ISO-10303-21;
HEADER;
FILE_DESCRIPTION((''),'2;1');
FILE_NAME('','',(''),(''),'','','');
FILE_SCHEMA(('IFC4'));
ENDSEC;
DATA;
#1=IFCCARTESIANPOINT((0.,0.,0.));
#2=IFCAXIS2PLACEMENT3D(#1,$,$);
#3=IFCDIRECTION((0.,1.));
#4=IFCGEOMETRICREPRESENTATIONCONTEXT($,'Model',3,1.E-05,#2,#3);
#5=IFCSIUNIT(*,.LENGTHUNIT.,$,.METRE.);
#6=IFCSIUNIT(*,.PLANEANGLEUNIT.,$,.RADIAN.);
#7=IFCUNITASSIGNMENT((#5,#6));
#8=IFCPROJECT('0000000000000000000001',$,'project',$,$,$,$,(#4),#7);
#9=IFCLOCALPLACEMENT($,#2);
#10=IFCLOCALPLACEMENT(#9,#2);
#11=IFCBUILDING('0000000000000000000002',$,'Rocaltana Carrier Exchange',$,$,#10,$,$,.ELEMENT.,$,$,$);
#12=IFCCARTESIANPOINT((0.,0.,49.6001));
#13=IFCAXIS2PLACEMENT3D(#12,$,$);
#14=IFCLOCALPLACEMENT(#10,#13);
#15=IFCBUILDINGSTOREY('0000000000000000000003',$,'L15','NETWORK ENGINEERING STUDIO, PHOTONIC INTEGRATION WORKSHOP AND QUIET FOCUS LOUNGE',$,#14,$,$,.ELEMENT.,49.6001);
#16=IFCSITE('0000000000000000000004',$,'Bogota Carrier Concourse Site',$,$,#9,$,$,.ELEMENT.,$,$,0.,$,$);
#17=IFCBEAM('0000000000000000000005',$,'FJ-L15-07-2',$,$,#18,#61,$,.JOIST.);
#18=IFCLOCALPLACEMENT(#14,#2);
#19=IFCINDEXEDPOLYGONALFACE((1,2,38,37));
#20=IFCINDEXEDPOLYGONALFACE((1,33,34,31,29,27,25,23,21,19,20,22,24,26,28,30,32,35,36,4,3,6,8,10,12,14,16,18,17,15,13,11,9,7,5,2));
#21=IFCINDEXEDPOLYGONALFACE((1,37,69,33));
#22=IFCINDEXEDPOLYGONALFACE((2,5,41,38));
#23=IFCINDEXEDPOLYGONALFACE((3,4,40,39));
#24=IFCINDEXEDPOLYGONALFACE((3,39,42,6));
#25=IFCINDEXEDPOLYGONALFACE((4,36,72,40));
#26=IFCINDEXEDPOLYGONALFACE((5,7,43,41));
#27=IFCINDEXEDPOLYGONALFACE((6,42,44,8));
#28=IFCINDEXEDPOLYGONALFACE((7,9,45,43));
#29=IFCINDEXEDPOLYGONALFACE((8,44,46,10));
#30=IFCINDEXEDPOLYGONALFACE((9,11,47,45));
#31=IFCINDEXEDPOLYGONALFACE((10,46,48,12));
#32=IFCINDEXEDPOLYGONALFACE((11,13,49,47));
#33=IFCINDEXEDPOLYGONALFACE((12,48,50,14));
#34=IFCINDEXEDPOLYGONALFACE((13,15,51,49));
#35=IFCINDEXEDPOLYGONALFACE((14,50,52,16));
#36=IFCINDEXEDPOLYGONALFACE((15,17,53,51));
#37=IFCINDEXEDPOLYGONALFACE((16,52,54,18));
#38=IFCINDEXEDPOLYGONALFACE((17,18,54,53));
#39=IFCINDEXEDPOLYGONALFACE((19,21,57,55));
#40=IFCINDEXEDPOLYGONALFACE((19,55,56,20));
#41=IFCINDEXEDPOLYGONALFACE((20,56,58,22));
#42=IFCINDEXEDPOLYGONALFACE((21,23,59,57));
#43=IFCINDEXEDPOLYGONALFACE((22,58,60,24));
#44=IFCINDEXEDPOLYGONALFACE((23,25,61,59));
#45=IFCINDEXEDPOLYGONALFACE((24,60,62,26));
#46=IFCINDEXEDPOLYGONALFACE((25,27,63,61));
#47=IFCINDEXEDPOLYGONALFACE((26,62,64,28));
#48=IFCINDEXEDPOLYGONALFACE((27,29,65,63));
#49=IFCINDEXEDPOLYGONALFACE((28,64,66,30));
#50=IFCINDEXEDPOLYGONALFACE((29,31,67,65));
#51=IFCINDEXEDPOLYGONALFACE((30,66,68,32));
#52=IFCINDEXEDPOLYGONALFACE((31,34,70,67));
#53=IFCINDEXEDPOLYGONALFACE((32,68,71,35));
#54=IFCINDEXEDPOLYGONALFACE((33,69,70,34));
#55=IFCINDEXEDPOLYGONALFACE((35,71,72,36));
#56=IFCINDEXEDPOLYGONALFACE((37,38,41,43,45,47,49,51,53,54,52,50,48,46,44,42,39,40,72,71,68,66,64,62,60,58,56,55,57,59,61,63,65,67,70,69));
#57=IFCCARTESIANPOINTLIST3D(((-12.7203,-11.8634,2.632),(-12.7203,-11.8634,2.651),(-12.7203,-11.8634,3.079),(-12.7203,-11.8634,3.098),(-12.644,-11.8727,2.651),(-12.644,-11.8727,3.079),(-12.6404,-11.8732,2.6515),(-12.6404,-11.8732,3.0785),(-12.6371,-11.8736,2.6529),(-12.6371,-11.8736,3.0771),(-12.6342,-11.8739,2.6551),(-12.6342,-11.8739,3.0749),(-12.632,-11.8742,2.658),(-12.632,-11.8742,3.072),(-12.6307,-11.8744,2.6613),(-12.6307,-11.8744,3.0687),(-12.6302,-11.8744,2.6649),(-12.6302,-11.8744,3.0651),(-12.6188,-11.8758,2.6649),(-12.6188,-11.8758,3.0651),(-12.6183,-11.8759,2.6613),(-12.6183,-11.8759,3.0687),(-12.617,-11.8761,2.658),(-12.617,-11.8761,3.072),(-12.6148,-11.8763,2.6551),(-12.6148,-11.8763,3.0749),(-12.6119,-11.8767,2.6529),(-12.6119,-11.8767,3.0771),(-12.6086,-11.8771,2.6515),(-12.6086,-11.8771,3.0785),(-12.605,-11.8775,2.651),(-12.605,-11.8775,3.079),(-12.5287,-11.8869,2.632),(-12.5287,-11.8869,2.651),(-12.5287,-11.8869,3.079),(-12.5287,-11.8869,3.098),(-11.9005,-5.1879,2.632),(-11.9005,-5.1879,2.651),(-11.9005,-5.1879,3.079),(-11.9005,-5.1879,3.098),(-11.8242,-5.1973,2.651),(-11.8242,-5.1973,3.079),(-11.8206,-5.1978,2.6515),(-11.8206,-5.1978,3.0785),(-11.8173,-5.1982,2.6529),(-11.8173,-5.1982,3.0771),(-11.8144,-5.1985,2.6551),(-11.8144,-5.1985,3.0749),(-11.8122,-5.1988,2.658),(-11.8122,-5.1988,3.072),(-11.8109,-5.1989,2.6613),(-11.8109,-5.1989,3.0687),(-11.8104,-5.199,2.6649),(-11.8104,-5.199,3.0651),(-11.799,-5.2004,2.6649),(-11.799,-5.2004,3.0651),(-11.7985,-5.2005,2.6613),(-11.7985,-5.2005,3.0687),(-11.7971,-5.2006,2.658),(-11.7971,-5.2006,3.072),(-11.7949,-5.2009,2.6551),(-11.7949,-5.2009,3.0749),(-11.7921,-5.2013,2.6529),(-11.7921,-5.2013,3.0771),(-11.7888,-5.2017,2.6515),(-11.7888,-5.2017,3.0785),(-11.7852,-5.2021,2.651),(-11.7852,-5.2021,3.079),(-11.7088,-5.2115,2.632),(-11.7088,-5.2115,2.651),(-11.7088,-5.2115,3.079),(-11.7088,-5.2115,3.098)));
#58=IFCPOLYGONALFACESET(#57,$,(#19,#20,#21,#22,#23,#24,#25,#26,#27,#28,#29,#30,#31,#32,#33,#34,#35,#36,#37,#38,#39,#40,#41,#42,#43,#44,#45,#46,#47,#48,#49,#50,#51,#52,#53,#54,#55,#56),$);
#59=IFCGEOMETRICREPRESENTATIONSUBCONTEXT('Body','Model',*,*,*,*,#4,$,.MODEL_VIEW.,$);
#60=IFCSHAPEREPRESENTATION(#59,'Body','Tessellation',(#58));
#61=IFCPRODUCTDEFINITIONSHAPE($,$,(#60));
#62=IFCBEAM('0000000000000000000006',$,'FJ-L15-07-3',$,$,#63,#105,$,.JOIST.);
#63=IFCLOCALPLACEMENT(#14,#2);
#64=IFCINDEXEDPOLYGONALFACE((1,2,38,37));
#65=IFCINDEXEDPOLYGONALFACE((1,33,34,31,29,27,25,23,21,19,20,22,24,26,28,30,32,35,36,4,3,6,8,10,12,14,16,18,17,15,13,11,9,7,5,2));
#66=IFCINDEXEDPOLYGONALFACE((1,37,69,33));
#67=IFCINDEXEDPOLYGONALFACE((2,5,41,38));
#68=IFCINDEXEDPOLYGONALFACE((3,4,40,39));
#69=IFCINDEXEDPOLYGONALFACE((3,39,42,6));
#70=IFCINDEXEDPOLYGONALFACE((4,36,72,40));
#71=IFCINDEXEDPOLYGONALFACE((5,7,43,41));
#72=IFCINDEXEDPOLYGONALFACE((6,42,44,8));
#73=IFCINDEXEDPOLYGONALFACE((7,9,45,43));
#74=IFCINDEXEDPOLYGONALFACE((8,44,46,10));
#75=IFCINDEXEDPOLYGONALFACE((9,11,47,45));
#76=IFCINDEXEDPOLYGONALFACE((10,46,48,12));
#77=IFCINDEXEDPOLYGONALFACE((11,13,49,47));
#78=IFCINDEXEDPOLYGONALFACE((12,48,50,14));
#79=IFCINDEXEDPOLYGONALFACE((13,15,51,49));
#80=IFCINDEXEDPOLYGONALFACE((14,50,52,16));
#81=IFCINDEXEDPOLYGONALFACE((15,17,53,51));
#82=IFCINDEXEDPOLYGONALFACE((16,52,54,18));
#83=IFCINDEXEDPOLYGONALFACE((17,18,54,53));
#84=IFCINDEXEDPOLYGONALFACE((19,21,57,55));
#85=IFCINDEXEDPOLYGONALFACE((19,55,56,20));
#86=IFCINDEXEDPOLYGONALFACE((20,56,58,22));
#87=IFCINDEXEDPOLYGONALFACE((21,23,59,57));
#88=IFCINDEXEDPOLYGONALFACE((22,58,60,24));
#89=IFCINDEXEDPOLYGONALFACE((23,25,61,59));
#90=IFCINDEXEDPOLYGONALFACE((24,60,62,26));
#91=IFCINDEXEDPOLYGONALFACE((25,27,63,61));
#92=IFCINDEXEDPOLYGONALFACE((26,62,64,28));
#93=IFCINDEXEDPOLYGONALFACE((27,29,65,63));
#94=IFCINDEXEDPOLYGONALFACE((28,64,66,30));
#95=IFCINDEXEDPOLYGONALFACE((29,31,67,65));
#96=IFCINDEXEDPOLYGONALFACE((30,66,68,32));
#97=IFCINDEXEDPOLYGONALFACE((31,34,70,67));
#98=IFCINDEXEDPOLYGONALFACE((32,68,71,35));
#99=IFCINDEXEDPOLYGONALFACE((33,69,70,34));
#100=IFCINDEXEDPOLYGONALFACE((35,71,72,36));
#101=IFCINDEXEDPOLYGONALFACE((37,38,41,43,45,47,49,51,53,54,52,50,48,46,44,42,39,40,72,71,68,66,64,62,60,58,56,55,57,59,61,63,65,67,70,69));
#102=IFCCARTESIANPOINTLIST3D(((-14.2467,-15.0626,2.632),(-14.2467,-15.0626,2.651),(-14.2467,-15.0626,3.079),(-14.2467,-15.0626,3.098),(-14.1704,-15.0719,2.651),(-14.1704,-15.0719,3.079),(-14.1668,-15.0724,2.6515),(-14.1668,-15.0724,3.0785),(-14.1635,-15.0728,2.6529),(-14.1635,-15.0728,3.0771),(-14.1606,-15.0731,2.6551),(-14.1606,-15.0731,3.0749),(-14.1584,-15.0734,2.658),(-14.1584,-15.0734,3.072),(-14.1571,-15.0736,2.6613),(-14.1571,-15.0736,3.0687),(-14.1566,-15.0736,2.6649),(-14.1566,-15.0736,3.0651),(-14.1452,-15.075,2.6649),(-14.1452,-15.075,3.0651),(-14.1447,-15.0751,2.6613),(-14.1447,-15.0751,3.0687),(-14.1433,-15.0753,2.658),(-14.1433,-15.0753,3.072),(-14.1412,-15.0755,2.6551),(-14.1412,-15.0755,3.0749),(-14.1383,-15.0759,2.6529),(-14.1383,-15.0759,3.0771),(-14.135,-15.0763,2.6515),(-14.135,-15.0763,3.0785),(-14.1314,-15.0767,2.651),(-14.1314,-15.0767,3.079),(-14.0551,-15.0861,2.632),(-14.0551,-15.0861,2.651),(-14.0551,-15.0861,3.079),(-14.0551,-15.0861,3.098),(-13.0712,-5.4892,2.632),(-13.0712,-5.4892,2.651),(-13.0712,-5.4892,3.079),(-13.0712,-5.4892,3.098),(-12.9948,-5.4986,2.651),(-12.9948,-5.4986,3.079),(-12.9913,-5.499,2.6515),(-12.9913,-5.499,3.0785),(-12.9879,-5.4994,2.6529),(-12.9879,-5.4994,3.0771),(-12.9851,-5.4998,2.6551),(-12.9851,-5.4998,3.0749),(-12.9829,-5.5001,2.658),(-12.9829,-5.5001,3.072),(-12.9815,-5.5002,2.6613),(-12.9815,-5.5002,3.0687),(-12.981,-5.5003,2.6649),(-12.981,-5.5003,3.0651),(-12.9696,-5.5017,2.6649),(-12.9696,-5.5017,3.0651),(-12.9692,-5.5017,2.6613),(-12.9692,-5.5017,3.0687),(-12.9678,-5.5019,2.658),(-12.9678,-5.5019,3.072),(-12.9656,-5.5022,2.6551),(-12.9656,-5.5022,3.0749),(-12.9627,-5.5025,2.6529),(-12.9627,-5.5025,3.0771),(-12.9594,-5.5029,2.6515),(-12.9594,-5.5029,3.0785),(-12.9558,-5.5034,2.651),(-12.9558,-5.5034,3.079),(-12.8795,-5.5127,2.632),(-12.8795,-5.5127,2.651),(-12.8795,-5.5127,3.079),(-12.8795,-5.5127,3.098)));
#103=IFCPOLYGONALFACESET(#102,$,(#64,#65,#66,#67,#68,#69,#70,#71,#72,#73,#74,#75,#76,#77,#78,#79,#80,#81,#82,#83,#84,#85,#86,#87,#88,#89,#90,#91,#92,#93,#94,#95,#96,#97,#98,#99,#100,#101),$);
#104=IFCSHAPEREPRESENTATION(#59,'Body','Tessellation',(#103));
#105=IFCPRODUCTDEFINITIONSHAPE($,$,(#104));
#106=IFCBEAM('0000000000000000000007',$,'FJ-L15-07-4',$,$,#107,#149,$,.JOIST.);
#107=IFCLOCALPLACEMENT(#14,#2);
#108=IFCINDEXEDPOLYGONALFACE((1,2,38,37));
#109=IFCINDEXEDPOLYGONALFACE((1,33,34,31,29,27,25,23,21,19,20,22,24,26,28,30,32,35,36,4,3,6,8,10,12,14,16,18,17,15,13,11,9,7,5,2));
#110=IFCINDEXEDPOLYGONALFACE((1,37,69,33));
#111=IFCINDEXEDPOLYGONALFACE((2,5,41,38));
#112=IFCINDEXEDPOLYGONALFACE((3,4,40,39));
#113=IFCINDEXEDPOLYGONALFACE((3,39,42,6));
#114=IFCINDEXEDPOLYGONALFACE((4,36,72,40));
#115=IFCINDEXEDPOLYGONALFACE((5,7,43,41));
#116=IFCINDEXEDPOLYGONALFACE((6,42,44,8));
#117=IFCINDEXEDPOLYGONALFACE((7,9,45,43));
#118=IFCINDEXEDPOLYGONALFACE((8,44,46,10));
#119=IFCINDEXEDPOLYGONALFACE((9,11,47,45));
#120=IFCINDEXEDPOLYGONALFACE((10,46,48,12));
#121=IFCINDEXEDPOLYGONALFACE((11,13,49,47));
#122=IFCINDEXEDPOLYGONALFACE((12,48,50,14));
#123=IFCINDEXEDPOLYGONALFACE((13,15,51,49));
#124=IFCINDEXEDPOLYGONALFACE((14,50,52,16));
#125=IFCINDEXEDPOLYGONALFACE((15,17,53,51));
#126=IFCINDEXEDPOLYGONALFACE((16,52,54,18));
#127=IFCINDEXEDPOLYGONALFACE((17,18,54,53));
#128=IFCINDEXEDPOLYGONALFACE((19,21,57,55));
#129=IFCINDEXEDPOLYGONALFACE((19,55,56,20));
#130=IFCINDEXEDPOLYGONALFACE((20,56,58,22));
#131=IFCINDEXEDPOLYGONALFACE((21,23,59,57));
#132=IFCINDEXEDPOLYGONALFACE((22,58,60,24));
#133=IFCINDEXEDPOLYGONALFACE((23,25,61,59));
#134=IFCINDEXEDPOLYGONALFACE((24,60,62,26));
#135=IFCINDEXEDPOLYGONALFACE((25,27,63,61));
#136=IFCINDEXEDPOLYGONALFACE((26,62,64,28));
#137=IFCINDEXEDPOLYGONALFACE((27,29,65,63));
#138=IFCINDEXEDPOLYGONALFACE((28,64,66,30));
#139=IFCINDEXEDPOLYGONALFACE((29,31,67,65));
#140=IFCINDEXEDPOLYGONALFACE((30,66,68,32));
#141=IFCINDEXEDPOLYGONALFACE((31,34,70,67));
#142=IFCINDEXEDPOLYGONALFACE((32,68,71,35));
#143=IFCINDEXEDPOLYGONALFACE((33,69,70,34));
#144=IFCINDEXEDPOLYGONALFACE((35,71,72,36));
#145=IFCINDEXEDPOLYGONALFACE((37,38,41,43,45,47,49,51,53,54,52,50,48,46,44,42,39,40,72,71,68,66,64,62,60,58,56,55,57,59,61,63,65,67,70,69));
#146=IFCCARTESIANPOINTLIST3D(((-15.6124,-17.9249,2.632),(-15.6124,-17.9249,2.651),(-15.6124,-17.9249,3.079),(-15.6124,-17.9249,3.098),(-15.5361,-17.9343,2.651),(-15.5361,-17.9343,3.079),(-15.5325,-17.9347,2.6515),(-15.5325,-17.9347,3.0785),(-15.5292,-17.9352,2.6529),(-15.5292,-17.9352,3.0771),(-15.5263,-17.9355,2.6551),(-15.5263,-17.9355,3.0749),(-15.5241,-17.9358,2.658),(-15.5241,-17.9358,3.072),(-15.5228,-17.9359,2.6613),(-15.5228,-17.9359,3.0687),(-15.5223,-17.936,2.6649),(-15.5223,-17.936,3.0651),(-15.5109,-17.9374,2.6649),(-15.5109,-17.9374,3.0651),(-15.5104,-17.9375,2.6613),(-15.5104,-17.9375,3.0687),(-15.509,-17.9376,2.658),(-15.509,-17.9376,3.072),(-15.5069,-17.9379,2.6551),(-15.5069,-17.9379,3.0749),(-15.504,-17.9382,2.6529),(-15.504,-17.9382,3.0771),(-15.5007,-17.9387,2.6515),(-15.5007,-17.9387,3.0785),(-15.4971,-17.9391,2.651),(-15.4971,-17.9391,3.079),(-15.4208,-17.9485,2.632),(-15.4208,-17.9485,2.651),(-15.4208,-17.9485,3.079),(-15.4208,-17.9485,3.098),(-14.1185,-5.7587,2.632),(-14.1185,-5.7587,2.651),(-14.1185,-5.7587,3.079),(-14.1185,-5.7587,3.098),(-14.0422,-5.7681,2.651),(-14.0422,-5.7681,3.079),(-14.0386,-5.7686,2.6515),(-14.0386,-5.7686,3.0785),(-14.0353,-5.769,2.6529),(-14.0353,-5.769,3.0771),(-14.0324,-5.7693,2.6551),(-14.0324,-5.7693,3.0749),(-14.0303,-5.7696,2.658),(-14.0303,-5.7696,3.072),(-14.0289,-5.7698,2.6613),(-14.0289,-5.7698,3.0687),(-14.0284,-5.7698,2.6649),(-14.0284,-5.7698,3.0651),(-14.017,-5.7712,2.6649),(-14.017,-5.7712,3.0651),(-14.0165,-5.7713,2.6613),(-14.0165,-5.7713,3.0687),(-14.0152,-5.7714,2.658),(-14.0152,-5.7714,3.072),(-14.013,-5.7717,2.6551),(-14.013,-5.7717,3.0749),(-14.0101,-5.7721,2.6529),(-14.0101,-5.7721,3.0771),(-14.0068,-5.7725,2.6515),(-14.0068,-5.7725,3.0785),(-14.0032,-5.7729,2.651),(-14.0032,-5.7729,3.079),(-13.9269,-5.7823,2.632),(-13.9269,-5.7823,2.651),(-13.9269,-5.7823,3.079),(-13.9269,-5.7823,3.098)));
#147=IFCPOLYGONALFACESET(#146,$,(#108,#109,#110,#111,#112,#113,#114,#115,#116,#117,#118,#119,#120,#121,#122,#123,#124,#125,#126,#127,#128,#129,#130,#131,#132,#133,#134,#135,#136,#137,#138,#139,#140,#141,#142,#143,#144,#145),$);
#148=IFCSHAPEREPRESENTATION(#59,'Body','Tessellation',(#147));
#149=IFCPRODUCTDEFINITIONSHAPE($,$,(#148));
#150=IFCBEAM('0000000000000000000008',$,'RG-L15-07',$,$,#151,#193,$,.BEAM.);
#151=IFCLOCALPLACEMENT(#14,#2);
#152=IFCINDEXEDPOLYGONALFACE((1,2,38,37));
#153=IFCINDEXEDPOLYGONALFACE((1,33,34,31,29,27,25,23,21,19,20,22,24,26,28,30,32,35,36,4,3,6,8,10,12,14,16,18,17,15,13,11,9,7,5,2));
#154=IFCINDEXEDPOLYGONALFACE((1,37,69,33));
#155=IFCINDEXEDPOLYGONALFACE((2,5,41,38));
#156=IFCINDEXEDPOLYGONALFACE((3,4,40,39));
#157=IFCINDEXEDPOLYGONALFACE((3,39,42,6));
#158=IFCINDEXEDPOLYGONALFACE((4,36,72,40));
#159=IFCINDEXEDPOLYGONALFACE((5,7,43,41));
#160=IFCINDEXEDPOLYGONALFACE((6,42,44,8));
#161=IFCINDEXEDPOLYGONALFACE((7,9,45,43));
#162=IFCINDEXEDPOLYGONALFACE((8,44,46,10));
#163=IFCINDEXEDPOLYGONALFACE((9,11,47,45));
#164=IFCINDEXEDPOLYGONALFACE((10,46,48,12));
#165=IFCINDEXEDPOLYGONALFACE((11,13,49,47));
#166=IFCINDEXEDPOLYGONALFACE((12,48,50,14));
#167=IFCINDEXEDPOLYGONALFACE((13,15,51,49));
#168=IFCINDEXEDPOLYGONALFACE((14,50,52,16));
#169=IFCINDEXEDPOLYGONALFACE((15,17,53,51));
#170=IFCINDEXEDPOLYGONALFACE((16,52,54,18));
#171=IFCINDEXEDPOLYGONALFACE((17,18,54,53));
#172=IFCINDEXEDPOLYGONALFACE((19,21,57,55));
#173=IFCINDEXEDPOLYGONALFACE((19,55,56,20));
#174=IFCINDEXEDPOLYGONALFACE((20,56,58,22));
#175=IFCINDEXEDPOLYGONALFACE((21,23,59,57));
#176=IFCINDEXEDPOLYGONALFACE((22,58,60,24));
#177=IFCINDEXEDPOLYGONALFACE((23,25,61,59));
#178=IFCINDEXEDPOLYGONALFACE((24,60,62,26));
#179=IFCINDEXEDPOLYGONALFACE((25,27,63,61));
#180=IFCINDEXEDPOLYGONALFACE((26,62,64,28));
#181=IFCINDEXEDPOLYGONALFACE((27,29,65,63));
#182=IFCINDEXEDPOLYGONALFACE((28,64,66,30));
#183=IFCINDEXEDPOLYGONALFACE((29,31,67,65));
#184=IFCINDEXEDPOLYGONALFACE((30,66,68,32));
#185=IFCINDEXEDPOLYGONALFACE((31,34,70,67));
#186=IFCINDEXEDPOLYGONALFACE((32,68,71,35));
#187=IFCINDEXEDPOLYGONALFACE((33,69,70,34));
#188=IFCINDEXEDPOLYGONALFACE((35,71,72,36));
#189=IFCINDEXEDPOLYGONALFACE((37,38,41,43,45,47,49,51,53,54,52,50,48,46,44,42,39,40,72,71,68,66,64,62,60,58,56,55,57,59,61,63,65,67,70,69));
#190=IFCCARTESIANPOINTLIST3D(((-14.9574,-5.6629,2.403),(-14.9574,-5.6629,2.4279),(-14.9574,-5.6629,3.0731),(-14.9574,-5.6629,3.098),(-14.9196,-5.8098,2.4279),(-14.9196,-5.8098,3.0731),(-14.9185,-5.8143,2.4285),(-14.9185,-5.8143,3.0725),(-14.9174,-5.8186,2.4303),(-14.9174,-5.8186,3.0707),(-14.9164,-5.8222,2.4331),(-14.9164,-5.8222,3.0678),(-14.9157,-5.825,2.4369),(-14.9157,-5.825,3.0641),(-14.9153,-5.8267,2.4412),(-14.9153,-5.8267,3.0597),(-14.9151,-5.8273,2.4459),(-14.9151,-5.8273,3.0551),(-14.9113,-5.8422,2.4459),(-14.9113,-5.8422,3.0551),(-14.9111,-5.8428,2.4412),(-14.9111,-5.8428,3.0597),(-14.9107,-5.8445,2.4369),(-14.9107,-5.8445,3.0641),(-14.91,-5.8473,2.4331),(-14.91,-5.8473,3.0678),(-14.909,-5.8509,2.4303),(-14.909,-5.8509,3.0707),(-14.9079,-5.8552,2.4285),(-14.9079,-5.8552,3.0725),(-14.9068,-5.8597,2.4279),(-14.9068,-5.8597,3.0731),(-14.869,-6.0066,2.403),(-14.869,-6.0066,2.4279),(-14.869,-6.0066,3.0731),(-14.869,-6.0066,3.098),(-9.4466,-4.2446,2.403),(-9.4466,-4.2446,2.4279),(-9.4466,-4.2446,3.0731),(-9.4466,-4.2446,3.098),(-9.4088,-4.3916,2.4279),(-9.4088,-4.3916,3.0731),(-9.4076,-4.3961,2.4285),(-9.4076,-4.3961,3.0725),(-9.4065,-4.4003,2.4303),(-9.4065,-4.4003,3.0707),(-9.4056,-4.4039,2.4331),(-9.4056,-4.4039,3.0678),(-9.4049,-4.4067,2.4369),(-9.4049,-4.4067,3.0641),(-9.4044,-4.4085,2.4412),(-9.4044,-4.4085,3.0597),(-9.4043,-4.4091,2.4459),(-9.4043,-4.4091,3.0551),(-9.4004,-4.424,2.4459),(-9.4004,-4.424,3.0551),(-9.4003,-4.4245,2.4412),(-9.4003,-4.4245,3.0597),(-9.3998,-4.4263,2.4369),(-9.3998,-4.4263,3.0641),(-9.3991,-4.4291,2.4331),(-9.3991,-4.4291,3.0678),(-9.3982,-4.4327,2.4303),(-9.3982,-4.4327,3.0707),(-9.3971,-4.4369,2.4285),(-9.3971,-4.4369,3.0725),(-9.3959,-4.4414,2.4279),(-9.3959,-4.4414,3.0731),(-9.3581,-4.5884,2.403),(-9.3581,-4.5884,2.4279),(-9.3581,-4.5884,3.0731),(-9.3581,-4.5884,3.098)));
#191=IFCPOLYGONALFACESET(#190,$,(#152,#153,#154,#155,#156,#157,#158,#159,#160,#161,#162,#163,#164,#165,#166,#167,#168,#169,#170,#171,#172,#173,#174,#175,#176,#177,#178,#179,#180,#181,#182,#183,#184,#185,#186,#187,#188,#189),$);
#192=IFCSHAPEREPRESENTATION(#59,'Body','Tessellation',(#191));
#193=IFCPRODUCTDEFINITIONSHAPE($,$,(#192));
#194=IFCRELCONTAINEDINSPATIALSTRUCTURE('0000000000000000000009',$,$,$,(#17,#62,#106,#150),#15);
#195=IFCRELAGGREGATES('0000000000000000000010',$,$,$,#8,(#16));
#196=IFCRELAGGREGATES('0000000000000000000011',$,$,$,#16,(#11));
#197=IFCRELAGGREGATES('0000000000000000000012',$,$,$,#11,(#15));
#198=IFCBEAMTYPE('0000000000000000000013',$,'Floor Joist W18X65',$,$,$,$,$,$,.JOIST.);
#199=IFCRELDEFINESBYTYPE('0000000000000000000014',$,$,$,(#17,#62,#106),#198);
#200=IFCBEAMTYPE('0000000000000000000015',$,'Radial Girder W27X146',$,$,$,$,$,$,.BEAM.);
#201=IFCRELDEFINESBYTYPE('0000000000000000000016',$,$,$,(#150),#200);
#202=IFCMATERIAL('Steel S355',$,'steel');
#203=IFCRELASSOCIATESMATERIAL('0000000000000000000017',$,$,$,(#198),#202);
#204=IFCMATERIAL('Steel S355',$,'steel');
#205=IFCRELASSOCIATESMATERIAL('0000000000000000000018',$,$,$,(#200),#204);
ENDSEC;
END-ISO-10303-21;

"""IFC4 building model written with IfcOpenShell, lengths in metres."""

from ifc_helpers import new_model, si_unit, direction, frame, origin, origin_2d, place, context, subcontext, project, spatial, i_section, extrude, material, material_profile, profile_set, type_object, element, save


model = new_model("IFC4")

# Units and contexts
model_context = context("Model", 3, precision=1e-05, world=origin(), true_north=direction((0.0, 1.0)))
body_context = subcontext(model_context, "Body", "Model", "MODEL_VIEW")
ifc_project = project(units=[si_unit("LENGTHUNIT", "METRE"), si_unit("PLANEANGLEUNIT", "RADIAN")], contexts=[model_context])

# Site, building, storey
site_placement = place(None, origin())
site = spatial("IfcSite", under=ifc_project, at=site_placement, Name="Bogota Carrier Concourse Site", CompositionType="ELEMENT", RefElevation=0.0)
building_placement = place(site_placement, origin())
building = spatial("IfcBuilding", under=site, at=building_placement, Name="Rocaltana Carrier Exchange", CompositionType="ELEMENT")
storey_placement = place(building_placement, frame((0.0, 0.0, 49.6001)))
storey = spatial("IfcBuildingStorey", under=building, at=storey_placement, Name="L15", Description="NETWORK ENGINEERING STUDIO, PHOTONIC INTEGRATION WORKSHOP AND QUIET FOCUS LOUNGE", CompositionType="ELEMENT", Elevation=49.6001)

# Beams
ifc_material_1 = material(Name="Steel S355", Category="steel")
ifc_material_profile_1 = material_profile(ifc_material_1, i_section(OverallWidth=0.1931, OverallDepth=0.4661, WebThickness=0.0115, FlangeThickness=0.019, FilletRadius=0.0139, at=origin_2d()), Name="W18X65")
ifc_profile_set_1 = profile_set([ifc_material_profile_1], Name="Steel S355")
beam_type_1 = type_object("IfcBeamType", Name="Floor Joist W18X65", PredefinedType="JOIST", material=ifc_profile_set_1)
beam_1_placement = place(storey_placement, frame((-11.8047, -5.1997, 2.865), z_axis=(-0.121894, -0.992543, 0.0), x_axis=(0.992543, -0.121894, 0.0)))
element("IfcBeam", 1, at=beam_1_placement, inside=storey, type_object=beam_type_1, Name="FJ-L15-07-2", PredefinedType="JOIST", context=body_context, shape_type="SweptSolid", body=[
    extrude(i_section(OverallWidth=0.1931, OverallDepth=0.4661, WebThickness=0.0115, FlangeThickness=0.019, FilletRadius=0.0139, at=origin_2d()), origin(), (0.0, 0.0, 1.0), 6.7256),
])
beam_2_placement = place(storey_placement, frame((-12.9753, -5.501, 2.865), z_axis=(-0.121879, -0.992545, 0.0), x_axis=(0.992545, -0.121879, 0.0)))
element("IfcBeam", 2, at=beam_2_placement, inside=storey, type_object=beam_type_1, Name="FJ-L15-07-3", PredefinedType="JOIST", context=body_context, shape_type="SweptSolid", body=[
    extrude(i_section(OverallWidth=0.1931, OverallDepth=0.4661, WebThickness=0.0115, FlangeThickness=0.019, FilletRadius=0.0139, at=origin_2d()), origin(), (0.0, 0.0, 1.0), 9.6453),
])
beam_3_placement = place(storey_placement, frame((-14.0227, -5.7705, 2.865), z_axis=(-0.121875, -0.992545, 0.0), x_axis=(0.992545, -0.121875, 0.0)))
element("IfcBeam", 3, at=beam_3_placement, inside=storey, type_object=beam_type_1, Name="FJ-L15-07-4", PredefinedType="JOIST", context=body_context, shape_type="SweptSolid", body=[
    extrude(i_section(OverallWidth=0.1931, OverallDepth=0.4661, WebThickness=0.0115, FlangeThickness=0.019, FilletRadius=0.0139, at=origin_2d()), origin(), (0.0, 0.0, 1.0), 12.2576),
])
ifc_material_2 = material(Name="Steel S355", Category="steel")
ifc_material_profile_2 = material_profile(ifc_material_2, i_section(OverallWidth=0.355, OverallDepth=0.6951, WebThickness=0.0154, FlangeThickness=0.0249, FilletRadius=0.0181, at=origin_2d()), Name="W27X146")
ifc_profile_set_2 = profile_set([ifc_material_profile_2], Name="Steel S355")
beam_type_2 = type_object("IfcBeamType", Name="Radial Girder W27X146", PredefinedType="BEAM", material=ifc_profile_set_2)
beam_4_placement = place(storey_placement, frame((-9.4023, -4.4165, 2.7505), z_axis=(-0.968444, -0.249233, 0.0), x_axis=(0.249233, -0.968444, 0.0)))
element("IfcBeam", 4, at=beam_4_placement, inside=storey, type_object=beam_type_2, Name="RG-L15-07", PredefinedType="BEAM", context=body_context, shape_type="SweptSolid", body=[
    extrude(i_section(OverallWidth=0.355, OverallDepth=0.6951, WebThickness=0.0154, FlangeThickness=0.0249, FilletRadius=0.0181, at=origin_2d()), origin(), (0.0, 0.0, 1.0), 5.6904),
])

save(model, "model.ifc")
